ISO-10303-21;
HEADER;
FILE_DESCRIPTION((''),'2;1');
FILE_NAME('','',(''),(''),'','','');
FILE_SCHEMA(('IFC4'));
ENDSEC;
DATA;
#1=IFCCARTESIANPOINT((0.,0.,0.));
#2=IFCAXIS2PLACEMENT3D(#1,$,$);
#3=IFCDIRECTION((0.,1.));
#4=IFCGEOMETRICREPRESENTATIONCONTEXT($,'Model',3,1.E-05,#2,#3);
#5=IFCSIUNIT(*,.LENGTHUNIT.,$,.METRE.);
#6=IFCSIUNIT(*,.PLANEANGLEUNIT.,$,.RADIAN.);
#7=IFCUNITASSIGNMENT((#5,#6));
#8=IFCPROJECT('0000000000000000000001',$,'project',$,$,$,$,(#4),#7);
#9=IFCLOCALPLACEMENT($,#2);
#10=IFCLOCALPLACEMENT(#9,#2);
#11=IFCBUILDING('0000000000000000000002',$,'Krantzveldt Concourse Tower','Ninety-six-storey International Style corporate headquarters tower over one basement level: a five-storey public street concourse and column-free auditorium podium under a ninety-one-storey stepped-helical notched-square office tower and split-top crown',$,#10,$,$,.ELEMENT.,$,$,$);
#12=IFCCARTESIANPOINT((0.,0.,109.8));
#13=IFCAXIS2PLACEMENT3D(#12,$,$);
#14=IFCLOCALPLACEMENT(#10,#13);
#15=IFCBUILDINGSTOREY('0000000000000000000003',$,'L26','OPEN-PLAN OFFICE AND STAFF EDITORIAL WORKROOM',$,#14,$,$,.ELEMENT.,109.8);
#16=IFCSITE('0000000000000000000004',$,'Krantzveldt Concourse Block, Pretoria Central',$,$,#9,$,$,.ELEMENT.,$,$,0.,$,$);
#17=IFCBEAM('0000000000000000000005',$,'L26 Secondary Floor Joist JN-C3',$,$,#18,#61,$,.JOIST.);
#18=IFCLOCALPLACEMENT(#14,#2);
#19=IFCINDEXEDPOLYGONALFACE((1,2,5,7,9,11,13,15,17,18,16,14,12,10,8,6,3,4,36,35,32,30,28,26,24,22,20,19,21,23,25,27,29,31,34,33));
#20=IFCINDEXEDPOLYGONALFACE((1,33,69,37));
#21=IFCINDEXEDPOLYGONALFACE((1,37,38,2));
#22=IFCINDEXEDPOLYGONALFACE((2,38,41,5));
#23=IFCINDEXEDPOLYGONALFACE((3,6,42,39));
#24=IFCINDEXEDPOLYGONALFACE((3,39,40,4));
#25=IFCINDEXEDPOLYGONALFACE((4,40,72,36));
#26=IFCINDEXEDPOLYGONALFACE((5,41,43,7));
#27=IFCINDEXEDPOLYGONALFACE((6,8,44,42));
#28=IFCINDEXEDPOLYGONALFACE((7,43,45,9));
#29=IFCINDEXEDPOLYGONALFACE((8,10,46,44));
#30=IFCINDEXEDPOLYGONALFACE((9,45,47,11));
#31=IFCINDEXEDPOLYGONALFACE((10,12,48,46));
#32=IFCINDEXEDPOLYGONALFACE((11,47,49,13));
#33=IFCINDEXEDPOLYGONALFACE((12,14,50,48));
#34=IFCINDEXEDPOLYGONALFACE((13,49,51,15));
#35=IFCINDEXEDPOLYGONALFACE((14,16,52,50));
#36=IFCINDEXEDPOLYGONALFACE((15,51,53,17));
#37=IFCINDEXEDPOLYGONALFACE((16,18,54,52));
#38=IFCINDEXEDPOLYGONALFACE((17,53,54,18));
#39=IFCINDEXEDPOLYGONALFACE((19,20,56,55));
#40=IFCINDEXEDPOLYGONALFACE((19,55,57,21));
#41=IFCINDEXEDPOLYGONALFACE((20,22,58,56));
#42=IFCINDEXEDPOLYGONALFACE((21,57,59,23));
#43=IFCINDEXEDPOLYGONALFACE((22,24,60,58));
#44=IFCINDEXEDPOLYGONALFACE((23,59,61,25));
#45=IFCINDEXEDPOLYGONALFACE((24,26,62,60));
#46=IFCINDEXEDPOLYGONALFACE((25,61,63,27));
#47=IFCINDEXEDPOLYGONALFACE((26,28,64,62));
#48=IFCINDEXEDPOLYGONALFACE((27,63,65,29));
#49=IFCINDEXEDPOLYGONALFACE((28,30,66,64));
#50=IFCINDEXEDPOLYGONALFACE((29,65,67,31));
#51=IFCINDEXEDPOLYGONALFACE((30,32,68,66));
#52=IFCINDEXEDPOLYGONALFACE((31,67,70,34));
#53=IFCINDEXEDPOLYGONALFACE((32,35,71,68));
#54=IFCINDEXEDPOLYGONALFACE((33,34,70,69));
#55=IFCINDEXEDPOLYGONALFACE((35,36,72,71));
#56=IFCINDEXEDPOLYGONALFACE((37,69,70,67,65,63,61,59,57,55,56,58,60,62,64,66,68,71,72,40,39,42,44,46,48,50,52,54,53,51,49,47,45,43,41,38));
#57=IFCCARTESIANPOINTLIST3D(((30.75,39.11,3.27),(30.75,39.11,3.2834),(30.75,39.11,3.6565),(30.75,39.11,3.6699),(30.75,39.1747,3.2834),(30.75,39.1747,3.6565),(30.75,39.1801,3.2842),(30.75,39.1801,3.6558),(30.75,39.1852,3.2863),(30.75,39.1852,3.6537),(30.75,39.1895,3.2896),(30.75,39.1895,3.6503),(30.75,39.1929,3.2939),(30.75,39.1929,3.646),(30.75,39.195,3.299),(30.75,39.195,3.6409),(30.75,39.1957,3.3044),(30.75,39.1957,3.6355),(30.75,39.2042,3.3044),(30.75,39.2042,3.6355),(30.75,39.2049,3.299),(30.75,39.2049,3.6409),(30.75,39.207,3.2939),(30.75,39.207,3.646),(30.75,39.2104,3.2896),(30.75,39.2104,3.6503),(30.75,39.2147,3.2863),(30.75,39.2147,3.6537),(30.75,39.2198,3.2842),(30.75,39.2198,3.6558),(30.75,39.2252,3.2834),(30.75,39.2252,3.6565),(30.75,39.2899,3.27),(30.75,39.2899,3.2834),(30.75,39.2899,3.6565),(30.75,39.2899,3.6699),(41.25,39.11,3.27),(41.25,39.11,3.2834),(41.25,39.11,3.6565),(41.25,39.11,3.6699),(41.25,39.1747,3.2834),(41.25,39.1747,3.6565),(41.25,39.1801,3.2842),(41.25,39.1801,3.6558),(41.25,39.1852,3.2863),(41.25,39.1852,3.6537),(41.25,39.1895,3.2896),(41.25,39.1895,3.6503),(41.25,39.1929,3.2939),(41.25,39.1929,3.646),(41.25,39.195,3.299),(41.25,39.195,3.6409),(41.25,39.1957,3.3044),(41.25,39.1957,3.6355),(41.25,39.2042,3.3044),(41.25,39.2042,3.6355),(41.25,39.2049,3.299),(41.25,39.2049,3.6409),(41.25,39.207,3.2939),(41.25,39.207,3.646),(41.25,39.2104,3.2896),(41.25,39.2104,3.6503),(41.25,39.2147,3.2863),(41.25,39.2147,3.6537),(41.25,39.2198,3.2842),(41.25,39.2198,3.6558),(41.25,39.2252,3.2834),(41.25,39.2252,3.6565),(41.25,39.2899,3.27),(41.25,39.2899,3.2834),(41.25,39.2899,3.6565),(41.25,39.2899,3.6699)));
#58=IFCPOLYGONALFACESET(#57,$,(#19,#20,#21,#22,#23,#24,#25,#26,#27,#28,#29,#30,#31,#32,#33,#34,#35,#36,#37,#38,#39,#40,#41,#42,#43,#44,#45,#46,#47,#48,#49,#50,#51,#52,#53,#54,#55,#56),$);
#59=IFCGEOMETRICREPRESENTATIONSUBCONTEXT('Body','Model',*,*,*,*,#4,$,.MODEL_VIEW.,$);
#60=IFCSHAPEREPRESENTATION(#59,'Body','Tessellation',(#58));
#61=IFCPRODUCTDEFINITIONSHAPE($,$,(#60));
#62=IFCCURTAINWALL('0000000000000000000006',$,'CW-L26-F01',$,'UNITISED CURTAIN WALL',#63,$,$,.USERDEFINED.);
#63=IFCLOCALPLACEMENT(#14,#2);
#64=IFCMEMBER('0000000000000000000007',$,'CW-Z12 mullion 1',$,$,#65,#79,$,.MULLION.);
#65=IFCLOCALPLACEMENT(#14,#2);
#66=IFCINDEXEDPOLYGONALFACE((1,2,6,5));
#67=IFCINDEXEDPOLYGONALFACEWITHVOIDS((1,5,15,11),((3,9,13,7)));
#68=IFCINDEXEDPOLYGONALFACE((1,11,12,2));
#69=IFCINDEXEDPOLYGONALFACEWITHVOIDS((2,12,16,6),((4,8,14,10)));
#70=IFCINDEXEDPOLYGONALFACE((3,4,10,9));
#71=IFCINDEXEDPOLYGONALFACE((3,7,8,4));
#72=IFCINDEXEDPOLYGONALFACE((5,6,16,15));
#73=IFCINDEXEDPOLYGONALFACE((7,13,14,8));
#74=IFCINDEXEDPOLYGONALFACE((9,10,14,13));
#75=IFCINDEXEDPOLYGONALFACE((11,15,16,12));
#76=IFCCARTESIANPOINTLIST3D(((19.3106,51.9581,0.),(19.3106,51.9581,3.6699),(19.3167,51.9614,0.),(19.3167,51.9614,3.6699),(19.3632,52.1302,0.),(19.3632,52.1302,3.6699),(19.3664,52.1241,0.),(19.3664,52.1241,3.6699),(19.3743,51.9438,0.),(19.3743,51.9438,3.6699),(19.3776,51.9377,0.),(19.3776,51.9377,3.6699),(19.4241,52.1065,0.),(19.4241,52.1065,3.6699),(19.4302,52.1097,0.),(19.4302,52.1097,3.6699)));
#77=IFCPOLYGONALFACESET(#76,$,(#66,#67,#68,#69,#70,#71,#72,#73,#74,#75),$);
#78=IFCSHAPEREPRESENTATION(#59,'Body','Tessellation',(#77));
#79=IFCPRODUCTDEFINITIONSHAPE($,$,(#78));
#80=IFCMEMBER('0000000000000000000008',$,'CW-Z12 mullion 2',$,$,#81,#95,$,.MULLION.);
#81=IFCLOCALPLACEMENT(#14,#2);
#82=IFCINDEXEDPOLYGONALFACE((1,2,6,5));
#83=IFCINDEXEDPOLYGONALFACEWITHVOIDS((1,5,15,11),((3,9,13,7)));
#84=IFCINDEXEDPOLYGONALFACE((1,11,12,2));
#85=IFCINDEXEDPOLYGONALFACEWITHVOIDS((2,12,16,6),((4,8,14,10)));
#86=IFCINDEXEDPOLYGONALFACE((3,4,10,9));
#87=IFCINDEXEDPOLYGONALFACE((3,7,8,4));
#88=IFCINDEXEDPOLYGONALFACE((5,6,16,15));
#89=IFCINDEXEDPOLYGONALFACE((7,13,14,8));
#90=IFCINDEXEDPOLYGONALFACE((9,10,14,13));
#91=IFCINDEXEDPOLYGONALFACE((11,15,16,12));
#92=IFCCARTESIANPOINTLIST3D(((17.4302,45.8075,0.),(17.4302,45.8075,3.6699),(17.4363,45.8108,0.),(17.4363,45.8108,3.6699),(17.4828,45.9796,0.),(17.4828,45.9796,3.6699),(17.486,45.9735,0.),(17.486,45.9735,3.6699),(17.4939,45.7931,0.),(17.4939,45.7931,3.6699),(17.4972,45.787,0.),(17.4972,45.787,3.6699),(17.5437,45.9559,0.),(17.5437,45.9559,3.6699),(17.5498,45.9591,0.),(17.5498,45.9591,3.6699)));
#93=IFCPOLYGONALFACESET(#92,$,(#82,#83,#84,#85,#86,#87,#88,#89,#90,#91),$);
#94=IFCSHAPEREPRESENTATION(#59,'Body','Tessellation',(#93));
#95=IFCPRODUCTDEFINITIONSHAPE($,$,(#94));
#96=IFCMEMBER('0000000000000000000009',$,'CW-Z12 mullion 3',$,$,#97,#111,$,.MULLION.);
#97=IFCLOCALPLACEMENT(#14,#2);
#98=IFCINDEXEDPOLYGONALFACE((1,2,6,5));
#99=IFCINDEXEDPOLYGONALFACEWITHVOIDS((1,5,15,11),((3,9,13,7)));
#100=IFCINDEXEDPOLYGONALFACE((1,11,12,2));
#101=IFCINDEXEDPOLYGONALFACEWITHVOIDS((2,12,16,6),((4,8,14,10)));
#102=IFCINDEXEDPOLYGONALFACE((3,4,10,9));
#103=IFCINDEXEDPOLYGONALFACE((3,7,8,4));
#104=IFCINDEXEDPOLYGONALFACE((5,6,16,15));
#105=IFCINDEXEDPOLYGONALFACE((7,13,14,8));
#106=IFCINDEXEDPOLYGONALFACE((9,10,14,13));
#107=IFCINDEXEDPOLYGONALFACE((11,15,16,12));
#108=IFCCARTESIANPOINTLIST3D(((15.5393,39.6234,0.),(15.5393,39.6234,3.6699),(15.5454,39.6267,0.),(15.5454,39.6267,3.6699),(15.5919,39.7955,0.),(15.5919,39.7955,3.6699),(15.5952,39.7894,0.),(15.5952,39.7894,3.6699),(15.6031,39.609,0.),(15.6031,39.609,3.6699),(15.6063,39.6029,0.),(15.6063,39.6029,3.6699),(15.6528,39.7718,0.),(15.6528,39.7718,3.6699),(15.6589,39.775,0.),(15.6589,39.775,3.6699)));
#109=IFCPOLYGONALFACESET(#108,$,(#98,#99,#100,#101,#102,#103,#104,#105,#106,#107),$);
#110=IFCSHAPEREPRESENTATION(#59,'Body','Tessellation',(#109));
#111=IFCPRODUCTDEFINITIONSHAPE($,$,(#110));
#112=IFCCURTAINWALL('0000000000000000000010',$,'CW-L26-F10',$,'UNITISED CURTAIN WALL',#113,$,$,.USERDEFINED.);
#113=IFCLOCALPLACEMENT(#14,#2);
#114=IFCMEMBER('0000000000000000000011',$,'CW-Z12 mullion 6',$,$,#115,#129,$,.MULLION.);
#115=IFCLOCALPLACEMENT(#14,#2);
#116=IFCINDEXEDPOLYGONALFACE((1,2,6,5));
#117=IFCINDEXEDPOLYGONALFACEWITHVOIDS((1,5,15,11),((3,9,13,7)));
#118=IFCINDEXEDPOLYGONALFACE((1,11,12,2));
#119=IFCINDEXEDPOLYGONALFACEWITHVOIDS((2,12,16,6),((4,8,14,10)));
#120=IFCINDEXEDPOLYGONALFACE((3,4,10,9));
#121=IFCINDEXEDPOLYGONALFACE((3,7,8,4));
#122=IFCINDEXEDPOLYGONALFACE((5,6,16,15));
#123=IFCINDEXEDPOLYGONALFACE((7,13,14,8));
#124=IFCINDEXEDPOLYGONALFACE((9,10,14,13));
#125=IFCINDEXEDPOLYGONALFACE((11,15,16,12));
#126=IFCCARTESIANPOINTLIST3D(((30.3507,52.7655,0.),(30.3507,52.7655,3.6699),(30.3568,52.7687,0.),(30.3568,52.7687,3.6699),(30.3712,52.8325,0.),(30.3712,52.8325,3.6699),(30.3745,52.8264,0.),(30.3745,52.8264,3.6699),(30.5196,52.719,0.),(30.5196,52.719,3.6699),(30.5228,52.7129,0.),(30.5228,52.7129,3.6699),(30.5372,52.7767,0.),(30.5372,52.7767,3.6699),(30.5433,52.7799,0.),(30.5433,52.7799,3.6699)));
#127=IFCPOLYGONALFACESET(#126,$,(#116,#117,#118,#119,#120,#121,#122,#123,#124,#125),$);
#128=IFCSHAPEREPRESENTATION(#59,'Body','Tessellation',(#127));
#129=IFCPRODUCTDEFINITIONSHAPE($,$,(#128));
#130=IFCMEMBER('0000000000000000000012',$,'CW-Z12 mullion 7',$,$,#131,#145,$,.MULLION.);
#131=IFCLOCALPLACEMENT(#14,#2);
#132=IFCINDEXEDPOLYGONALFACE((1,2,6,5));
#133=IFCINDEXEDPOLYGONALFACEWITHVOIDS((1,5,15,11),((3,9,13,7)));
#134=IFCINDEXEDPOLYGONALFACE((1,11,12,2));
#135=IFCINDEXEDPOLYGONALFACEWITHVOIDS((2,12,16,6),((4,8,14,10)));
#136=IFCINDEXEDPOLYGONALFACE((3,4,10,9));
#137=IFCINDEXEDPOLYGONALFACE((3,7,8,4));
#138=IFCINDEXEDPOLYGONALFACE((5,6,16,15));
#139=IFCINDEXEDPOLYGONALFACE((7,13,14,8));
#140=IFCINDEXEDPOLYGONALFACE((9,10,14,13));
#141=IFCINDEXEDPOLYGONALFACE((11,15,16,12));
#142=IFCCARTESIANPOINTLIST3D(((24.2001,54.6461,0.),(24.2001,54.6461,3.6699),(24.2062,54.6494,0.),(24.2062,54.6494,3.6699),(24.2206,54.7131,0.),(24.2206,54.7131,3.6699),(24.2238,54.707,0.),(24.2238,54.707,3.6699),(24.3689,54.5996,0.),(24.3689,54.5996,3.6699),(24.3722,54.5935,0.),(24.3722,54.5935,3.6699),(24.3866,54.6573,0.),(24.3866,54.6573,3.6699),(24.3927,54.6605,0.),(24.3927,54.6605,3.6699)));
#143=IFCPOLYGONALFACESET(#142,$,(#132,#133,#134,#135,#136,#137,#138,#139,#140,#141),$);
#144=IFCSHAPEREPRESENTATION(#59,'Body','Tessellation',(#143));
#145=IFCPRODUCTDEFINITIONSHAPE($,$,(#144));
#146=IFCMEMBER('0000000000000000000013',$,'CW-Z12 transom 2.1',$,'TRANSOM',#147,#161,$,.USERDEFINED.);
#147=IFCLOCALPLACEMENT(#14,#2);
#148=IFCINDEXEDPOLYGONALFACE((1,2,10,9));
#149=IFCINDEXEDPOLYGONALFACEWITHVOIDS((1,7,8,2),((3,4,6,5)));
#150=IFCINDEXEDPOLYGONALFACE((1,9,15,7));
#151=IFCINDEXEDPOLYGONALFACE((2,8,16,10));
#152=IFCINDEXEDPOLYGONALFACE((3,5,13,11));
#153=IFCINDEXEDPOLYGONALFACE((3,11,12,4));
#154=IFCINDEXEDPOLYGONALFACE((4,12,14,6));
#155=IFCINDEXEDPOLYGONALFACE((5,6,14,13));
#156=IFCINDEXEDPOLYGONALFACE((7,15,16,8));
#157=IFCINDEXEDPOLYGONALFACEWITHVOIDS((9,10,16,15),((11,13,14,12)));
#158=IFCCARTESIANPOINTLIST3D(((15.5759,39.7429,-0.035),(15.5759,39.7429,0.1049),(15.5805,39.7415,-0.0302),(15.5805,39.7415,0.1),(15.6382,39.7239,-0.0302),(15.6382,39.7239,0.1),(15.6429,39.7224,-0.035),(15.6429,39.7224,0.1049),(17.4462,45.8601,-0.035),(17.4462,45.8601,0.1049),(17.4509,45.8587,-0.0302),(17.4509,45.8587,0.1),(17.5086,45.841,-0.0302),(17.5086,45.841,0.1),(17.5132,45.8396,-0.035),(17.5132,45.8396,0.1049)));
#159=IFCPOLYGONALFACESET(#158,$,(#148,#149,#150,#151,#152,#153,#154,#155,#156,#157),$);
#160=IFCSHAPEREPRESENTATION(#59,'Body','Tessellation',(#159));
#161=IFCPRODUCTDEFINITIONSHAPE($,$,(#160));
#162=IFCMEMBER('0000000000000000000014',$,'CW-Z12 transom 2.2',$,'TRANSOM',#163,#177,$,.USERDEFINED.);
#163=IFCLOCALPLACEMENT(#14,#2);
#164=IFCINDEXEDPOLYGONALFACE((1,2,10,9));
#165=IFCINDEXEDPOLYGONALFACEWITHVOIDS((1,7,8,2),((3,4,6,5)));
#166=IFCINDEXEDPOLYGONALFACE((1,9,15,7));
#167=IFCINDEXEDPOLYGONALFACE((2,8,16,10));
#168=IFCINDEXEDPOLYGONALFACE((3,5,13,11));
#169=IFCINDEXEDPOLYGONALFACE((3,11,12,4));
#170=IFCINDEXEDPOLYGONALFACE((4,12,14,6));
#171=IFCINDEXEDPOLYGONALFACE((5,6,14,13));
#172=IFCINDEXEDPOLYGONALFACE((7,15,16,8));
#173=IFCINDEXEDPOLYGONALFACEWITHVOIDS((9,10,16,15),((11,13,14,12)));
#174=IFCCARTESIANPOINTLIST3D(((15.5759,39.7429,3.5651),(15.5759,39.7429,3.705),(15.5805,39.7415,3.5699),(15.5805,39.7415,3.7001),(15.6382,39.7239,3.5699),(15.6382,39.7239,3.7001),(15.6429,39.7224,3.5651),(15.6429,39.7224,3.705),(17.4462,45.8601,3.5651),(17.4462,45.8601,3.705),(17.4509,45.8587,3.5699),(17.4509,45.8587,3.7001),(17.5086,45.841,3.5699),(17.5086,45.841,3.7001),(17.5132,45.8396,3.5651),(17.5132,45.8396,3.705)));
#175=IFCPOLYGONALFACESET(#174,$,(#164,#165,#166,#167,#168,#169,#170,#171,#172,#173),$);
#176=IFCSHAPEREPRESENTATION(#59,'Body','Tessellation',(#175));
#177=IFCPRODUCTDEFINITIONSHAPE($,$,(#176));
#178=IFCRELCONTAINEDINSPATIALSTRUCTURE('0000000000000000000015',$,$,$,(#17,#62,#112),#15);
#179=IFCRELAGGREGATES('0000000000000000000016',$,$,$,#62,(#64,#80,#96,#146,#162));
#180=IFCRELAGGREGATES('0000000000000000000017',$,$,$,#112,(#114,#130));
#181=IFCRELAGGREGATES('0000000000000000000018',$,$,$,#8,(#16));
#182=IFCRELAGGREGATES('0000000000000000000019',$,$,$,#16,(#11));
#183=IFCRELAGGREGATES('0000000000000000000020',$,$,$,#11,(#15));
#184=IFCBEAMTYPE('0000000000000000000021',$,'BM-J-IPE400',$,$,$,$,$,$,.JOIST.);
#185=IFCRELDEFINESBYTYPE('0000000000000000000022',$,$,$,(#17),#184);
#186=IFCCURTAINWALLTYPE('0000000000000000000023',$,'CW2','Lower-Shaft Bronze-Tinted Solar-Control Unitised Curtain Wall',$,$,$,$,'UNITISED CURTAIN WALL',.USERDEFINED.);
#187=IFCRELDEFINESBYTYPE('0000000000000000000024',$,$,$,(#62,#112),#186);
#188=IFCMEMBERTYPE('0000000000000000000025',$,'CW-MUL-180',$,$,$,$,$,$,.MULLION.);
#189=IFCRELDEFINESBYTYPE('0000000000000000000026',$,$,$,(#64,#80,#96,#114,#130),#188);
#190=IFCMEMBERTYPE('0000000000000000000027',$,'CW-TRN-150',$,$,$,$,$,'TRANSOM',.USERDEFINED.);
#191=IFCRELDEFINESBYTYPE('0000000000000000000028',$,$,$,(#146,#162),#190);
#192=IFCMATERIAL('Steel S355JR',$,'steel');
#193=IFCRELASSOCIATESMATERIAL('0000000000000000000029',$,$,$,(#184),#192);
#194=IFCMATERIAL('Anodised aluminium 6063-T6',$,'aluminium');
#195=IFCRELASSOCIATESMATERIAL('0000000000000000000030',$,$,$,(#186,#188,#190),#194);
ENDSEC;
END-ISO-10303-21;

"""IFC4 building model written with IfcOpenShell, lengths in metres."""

from ifc_helpers import new_model, si_unit, direction, frame, origin, origin_2d, place, context, subcontext, project, spatial, hollow_rectangle, i_section, extrude, source, transform, mapped, material, material_profile, profile_set, type_object, type_shapes, element, aggregate, save


model = new_model("IFC4")

# Units and contexts
model_context = context("Model", 3, precision=1e-05, world=origin(), true_north=direction((0.0, 1.0)))
body_context = subcontext(model_context, "Body", "Model", "MODEL_VIEW")
ifc_project = project(units=[si_unit("LENGTHUNIT", "METRE"), si_unit("PLANEANGLEUNIT", "RADIAN")], contexts=[model_context])

# Site, building, storey
site_placement = place(None, origin())
site = spatial("IfcSite", under=ifc_project, at=site_placement, Name="Krantzveldt Concourse Block, Pretoria Central", CompositionType="ELEMENT", RefElevation=0.0)
building_placement = place(site_placement, origin())
building = spatial("IfcBuilding", under=site, at=building_placement, Name="Krantzveldt Concourse Tower", Description="Ninety-six-storey International Style corporate headquarters tower over one basement level: a five-storey public street concourse and column-free auditorium podium under a ninety-one-storey stepped-helical notched-square office tower and split-top crown", CompositionType="ELEMENT")
storey_placement = place(building_placement, frame((0.0, 0.0, 109.8)))
storey = spatial("IfcBuildingStorey", under=building, at=storey_placement, Name="L26", Description="OPEN-PLAN OFFICE AND STAFF EDITORIAL WORKROOM", CompositionType="ELEMENT", Elevation=109.8)

# Beam
ifc_material_1 = material(Name="Steel S355JR", Category="steel")
ifc_material_profile_1 = material_profile(ifc_material_1, i_section(OverallWidth=0.1799, OverallDepth=0.3999, WebThickness=0.0085, FlangeThickness=0.0134, FilletRadius=0.021, at=origin_2d()), Name="Steel S355JR", Category="steel")
ifc_profile_set_1 = profile_set([ifc_material_profile_1], Name="Steel S355JR - IPE 400")
beam_type_1 = type_object("IfcBeamType", Name="BM-J-IPE400", PredefinedType="JOIST", material=ifc_profile_set_1)
shared_shape_1 = source(origin(), body_context, "Body", "SweptSolid", [
    extrude(i_section(OverallWidth=0.1799, OverallDepth=0.3999, WebThickness=0.0085, FlangeThickness=0.0134, FilletRadius=0.021, at=origin_2d()), origin(), (0.0, 0.0, 1.0), 10.5),
])
type_shapes(beam_type_1, [shared_shape_1])
beam_1_placement = place(storey_placement, frame((30.75, 39.2, 3.47), z_axis=(1.0, 0.0, 0.0), x_axis=(0.0, 1.0, 0.0)))
element("IfcBeam", 1, at=beam_1_placement, inside=storey, type_object=beam_type_1, Name="L26 Secondary Floor Joist JN-C3", PredefinedType="JOIST", context=body_context, shape_type="MappedRepresentation", body=[
    mapped(shared_shape_1, transform((0.0, 0.0, 0.0), x_axis=(1.0, 0.0, 0.0), y_axis=(0.0, 1.0, 0.0), z_axis=(0.0, 0.0, 1.0), scale=1.0)),
])

# Curtain walls, members
ifc_material_2 = material(Name="Anodised aluminium 6063-T6", Category="aluminium")
curtain_wall_type = type_object("IfcCurtainWallType", Name="CW2", Description="Lower-Shaft Bronze-Tinted Solar-Control Unitised Curtain Wall", ElementType="UNITISED CURTAIN WALL", PredefinedType="USERDEFINED", material=ifc_material_2)
curtain_wall_1_placement = place(storey_placement, origin())
curtain_wall_1 = element("IfcCurtainWall", 2, at=curtain_wall_1_placement, inside=storey, type_object=curtain_wall_type, Name="CW-L26-F01", ObjectType="UNITISED CURTAIN WALL", PredefinedType="USERDEFINED")
ifc_material_profile_2 = material_profile(ifc_material_2, hollow_rectangle(XDim=0.0701, YDim=0.1799, WallThickness=0.0049, at=origin_2d()), Name="Anodised aluminium 6063-T6", Category="aluminium")
ifc_profile_set_2 = profile_set([ifc_material_profile_2], Name="Anodised aluminium 6063-T6 - ALU-MULL 180x70x5")
member_type_1 = type_object("IfcMemberType", Name="CW-MUL-180", PredefinedType="MULLION", material=ifc_profile_set_2)
shared_shape_2 = source(origin(), body_context, "Body", "SweptSolid", [
    extrude(hollow_rectangle(XDim=0.0701, YDim=0.1799, WallThickness=0.0049, at=origin_2d()), origin(), (0.0, 0.0, 1.0), 3.6699),
])
type_shapes(member_type_1, [shared_shape_2])
member_1_placement = place(storey_placement, frame((19.3704, 52.0339, 0.0), z_axis=(0.0, 0.0, 1.0), x_axis=(0.956305, -0.292372, 0.0)))
member_1 = element("IfcMember", 3, at=member_1_placement, type_object=member_type_1, Name="CW-Z12 mullion 1", PredefinedType="MULLION", context=body_context, shape_type="MappedRepresentation", body=[
    mapped(shared_shape_2, transform((0.0, 0.0, 0.0), x_axis=(1.0, 0.0, 0.0), y_axis=(0.0, 1.0, 0.0), z_axis=(0.0, 0.0, 1.0), scale=1.0)),
])
member_2_placement = place(storey_placement, frame((17.49, 45.8833, 0.0), z_axis=(0.0, 0.0, 1.0), x_axis=(0.956305, -0.292372, 0.0)))
member_2 = element("IfcMember", 4, at=member_2_placement, type_object=member_type_1, Name="CW-Z12 mullion 2", PredefinedType="MULLION", context=body_context, shape_type="MappedRepresentation", body=[
    mapped(shared_shape_2, transform((0.0, 0.0, 0.0), x_axis=(1.0, 0.0, 0.0), y_axis=(0.0, 1.0, 0.0), z_axis=(0.0, 0.0, 1.0), scale=1.0)),
])
member_3_placement = place(storey_placement, frame((15.5991, 39.6992, 0.0), z_axis=(0.0, 0.0, 1.0), x_axis=(0.956305, -0.292372, 0.0)))
member_3 = element("IfcMember", 5, at=member_3_placement, type_object=member_type_1, Name="CW-Z12 mullion 3", PredefinedType="MULLION", context=body_context, shape_type="MappedRepresentation", body=[
    mapped(shared_shape_2, transform((0.0, 0.0, 0.0), x_axis=(1.0, 0.0, 0.0), y_axis=(0.0, 1.0, 0.0), z_axis=(0.0, 0.0, 1.0), scale=1.0)),
])
curtain_wall_2_placement = place(storey_placement, origin())
curtain_wall_2 = element("IfcCurtainWall", 6, at=curtain_wall_2_placement, inside=storey, type_object=curtain_wall_type, Name="CW-L26-F10", ObjectType="UNITISED CURTAIN WALL", PredefinedType="USERDEFINED")
member_4_placement = place(storey_placement, frame((30.447, 52.7727, 0.0), z_axis=(0.0, 0.0, 1.0), x_axis=(-0.292372, -0.956305, 0.0)))
member_4 = element("IfcMember", 7, at=member_4_placement, type_object=member_type_1, Name="CW-Z12 mullion 6", PredefinedType="MULLION", context=body_context, shape_type="MappedRepresentation", body=[
    mapped(shared_shape_2, transform((0.0, 0.0, 0.0), x_axis=(1.0, 0.0, 0.0), y_axis=(0.0, 1.0, 0.0), z_axis=(0.0, 0.0, 1.0), scale=1.0)),
])
member_5_placement = place(storey_placement, frame((24.2964, 54.6533, 0.0), z_axis=(0.0, 0.0, 1.0), x_axis=(-0.292372, -0.956305, 0.0)))
member_5 = element("IfcMember", 8, at=member_5_placement, type_object=member_type_1, Name="CW-Z12 mullion 7", PredefinedType="MULLION", context=body_context, shape_type="MappedRepresentation", body=[
    mapped(shared_shape_2, transform((0.0, 0.0, 0.0), x_axis=(1.0, 0.0, 0.0), y_axis=(0.0, 1.0, 0.0), z_axis=(0.0, 0.0, 1.0), scale=1.0)),
])

# Members
ifc_material_profile_3 = material_profile(ifc_material_2, hollow_rectangle(XDim=0.0701, YDim=0.1399, WallThickness=0.0049, at=origin_2d()), Name="Anodised aluminium 6063-T6", Category="aluminium")
ifc_profile_set_3 = profile_set([ifc_material_profile_3], Name="Anodised aluminium 6063-T6 - ALU-TRAN 140x70x5")
member_type_2 = type_object("IfcMemberType", Name="CW-TRN-150", ElementType="TRANSOM", PredefinedType="USERDEFINED", material=ifc_profile_set_3)
shared_shape_3 = source(origin(), body_context, "Body", "SweptSolid", [
    extrude(hollow_rectangle(XDim=0.0701, YDim=0.1399, WallThickness=0.0049, at=origin_2d()), origin(), (0.0, 0.0, 1.0), 6.3967),
])
member_6_placement = place(storey_placement, frame((17.4797, 45.8499, 0.0349), z_axis=(-0.292393, -0.956298, 0.0), x_axis=(0.956298, -0.292393, 0.0)))
member_6 = element("IfcMember", 9, at=member_6_placement, type_object=member_type_2, Name="CW-Z12 transom 2.1", ObjectType="TRANSOM", PredefinedType="USERDEFINED", context=body_context, shape_type="MappedRepresentation", body=[
    mapped(shared_shape_3, transform((0.0, 0.0, 0.0), x_axis=(1.0, 0.0, 0.0), y_axis=(0.0, 1.0, 0.0), z_axis=(0.0, 0.0, 1.0), scale=1.0)),
])
member_7_placement = place(storey_placement, frame((17.4797, 45.8499, 3.635), z_axis=(-0.292393, -0.956298, 0.0), x_axis=(0.956298, -0.292393, 0.0)))
member_7 = element("IfcMember", 10, at=member_7_placement, type_object=member_type_2, Name="CW-Z12 transom 2.2", ObjectType="TRANSOM", PredefinedType="USERDEFINED", context=body_context, shape_type="MappedRepresentation", body=[
    mapped(shared_shape_3, transform((0.0, 0.0, 0.0), x_axis=(1.0, 0.0, 0.0), y_axis=(0.0, 1.0, 0.0), z_axis=(0.0, 0.0, 1.0), scale=1.0)),
])

aggregate(curtain_wall_1, [member_1, member_2, member_3, member_6, member_7])
aggregate(curtain_wall_2, [member_4, member_5])

save(model, "model.ifc")
